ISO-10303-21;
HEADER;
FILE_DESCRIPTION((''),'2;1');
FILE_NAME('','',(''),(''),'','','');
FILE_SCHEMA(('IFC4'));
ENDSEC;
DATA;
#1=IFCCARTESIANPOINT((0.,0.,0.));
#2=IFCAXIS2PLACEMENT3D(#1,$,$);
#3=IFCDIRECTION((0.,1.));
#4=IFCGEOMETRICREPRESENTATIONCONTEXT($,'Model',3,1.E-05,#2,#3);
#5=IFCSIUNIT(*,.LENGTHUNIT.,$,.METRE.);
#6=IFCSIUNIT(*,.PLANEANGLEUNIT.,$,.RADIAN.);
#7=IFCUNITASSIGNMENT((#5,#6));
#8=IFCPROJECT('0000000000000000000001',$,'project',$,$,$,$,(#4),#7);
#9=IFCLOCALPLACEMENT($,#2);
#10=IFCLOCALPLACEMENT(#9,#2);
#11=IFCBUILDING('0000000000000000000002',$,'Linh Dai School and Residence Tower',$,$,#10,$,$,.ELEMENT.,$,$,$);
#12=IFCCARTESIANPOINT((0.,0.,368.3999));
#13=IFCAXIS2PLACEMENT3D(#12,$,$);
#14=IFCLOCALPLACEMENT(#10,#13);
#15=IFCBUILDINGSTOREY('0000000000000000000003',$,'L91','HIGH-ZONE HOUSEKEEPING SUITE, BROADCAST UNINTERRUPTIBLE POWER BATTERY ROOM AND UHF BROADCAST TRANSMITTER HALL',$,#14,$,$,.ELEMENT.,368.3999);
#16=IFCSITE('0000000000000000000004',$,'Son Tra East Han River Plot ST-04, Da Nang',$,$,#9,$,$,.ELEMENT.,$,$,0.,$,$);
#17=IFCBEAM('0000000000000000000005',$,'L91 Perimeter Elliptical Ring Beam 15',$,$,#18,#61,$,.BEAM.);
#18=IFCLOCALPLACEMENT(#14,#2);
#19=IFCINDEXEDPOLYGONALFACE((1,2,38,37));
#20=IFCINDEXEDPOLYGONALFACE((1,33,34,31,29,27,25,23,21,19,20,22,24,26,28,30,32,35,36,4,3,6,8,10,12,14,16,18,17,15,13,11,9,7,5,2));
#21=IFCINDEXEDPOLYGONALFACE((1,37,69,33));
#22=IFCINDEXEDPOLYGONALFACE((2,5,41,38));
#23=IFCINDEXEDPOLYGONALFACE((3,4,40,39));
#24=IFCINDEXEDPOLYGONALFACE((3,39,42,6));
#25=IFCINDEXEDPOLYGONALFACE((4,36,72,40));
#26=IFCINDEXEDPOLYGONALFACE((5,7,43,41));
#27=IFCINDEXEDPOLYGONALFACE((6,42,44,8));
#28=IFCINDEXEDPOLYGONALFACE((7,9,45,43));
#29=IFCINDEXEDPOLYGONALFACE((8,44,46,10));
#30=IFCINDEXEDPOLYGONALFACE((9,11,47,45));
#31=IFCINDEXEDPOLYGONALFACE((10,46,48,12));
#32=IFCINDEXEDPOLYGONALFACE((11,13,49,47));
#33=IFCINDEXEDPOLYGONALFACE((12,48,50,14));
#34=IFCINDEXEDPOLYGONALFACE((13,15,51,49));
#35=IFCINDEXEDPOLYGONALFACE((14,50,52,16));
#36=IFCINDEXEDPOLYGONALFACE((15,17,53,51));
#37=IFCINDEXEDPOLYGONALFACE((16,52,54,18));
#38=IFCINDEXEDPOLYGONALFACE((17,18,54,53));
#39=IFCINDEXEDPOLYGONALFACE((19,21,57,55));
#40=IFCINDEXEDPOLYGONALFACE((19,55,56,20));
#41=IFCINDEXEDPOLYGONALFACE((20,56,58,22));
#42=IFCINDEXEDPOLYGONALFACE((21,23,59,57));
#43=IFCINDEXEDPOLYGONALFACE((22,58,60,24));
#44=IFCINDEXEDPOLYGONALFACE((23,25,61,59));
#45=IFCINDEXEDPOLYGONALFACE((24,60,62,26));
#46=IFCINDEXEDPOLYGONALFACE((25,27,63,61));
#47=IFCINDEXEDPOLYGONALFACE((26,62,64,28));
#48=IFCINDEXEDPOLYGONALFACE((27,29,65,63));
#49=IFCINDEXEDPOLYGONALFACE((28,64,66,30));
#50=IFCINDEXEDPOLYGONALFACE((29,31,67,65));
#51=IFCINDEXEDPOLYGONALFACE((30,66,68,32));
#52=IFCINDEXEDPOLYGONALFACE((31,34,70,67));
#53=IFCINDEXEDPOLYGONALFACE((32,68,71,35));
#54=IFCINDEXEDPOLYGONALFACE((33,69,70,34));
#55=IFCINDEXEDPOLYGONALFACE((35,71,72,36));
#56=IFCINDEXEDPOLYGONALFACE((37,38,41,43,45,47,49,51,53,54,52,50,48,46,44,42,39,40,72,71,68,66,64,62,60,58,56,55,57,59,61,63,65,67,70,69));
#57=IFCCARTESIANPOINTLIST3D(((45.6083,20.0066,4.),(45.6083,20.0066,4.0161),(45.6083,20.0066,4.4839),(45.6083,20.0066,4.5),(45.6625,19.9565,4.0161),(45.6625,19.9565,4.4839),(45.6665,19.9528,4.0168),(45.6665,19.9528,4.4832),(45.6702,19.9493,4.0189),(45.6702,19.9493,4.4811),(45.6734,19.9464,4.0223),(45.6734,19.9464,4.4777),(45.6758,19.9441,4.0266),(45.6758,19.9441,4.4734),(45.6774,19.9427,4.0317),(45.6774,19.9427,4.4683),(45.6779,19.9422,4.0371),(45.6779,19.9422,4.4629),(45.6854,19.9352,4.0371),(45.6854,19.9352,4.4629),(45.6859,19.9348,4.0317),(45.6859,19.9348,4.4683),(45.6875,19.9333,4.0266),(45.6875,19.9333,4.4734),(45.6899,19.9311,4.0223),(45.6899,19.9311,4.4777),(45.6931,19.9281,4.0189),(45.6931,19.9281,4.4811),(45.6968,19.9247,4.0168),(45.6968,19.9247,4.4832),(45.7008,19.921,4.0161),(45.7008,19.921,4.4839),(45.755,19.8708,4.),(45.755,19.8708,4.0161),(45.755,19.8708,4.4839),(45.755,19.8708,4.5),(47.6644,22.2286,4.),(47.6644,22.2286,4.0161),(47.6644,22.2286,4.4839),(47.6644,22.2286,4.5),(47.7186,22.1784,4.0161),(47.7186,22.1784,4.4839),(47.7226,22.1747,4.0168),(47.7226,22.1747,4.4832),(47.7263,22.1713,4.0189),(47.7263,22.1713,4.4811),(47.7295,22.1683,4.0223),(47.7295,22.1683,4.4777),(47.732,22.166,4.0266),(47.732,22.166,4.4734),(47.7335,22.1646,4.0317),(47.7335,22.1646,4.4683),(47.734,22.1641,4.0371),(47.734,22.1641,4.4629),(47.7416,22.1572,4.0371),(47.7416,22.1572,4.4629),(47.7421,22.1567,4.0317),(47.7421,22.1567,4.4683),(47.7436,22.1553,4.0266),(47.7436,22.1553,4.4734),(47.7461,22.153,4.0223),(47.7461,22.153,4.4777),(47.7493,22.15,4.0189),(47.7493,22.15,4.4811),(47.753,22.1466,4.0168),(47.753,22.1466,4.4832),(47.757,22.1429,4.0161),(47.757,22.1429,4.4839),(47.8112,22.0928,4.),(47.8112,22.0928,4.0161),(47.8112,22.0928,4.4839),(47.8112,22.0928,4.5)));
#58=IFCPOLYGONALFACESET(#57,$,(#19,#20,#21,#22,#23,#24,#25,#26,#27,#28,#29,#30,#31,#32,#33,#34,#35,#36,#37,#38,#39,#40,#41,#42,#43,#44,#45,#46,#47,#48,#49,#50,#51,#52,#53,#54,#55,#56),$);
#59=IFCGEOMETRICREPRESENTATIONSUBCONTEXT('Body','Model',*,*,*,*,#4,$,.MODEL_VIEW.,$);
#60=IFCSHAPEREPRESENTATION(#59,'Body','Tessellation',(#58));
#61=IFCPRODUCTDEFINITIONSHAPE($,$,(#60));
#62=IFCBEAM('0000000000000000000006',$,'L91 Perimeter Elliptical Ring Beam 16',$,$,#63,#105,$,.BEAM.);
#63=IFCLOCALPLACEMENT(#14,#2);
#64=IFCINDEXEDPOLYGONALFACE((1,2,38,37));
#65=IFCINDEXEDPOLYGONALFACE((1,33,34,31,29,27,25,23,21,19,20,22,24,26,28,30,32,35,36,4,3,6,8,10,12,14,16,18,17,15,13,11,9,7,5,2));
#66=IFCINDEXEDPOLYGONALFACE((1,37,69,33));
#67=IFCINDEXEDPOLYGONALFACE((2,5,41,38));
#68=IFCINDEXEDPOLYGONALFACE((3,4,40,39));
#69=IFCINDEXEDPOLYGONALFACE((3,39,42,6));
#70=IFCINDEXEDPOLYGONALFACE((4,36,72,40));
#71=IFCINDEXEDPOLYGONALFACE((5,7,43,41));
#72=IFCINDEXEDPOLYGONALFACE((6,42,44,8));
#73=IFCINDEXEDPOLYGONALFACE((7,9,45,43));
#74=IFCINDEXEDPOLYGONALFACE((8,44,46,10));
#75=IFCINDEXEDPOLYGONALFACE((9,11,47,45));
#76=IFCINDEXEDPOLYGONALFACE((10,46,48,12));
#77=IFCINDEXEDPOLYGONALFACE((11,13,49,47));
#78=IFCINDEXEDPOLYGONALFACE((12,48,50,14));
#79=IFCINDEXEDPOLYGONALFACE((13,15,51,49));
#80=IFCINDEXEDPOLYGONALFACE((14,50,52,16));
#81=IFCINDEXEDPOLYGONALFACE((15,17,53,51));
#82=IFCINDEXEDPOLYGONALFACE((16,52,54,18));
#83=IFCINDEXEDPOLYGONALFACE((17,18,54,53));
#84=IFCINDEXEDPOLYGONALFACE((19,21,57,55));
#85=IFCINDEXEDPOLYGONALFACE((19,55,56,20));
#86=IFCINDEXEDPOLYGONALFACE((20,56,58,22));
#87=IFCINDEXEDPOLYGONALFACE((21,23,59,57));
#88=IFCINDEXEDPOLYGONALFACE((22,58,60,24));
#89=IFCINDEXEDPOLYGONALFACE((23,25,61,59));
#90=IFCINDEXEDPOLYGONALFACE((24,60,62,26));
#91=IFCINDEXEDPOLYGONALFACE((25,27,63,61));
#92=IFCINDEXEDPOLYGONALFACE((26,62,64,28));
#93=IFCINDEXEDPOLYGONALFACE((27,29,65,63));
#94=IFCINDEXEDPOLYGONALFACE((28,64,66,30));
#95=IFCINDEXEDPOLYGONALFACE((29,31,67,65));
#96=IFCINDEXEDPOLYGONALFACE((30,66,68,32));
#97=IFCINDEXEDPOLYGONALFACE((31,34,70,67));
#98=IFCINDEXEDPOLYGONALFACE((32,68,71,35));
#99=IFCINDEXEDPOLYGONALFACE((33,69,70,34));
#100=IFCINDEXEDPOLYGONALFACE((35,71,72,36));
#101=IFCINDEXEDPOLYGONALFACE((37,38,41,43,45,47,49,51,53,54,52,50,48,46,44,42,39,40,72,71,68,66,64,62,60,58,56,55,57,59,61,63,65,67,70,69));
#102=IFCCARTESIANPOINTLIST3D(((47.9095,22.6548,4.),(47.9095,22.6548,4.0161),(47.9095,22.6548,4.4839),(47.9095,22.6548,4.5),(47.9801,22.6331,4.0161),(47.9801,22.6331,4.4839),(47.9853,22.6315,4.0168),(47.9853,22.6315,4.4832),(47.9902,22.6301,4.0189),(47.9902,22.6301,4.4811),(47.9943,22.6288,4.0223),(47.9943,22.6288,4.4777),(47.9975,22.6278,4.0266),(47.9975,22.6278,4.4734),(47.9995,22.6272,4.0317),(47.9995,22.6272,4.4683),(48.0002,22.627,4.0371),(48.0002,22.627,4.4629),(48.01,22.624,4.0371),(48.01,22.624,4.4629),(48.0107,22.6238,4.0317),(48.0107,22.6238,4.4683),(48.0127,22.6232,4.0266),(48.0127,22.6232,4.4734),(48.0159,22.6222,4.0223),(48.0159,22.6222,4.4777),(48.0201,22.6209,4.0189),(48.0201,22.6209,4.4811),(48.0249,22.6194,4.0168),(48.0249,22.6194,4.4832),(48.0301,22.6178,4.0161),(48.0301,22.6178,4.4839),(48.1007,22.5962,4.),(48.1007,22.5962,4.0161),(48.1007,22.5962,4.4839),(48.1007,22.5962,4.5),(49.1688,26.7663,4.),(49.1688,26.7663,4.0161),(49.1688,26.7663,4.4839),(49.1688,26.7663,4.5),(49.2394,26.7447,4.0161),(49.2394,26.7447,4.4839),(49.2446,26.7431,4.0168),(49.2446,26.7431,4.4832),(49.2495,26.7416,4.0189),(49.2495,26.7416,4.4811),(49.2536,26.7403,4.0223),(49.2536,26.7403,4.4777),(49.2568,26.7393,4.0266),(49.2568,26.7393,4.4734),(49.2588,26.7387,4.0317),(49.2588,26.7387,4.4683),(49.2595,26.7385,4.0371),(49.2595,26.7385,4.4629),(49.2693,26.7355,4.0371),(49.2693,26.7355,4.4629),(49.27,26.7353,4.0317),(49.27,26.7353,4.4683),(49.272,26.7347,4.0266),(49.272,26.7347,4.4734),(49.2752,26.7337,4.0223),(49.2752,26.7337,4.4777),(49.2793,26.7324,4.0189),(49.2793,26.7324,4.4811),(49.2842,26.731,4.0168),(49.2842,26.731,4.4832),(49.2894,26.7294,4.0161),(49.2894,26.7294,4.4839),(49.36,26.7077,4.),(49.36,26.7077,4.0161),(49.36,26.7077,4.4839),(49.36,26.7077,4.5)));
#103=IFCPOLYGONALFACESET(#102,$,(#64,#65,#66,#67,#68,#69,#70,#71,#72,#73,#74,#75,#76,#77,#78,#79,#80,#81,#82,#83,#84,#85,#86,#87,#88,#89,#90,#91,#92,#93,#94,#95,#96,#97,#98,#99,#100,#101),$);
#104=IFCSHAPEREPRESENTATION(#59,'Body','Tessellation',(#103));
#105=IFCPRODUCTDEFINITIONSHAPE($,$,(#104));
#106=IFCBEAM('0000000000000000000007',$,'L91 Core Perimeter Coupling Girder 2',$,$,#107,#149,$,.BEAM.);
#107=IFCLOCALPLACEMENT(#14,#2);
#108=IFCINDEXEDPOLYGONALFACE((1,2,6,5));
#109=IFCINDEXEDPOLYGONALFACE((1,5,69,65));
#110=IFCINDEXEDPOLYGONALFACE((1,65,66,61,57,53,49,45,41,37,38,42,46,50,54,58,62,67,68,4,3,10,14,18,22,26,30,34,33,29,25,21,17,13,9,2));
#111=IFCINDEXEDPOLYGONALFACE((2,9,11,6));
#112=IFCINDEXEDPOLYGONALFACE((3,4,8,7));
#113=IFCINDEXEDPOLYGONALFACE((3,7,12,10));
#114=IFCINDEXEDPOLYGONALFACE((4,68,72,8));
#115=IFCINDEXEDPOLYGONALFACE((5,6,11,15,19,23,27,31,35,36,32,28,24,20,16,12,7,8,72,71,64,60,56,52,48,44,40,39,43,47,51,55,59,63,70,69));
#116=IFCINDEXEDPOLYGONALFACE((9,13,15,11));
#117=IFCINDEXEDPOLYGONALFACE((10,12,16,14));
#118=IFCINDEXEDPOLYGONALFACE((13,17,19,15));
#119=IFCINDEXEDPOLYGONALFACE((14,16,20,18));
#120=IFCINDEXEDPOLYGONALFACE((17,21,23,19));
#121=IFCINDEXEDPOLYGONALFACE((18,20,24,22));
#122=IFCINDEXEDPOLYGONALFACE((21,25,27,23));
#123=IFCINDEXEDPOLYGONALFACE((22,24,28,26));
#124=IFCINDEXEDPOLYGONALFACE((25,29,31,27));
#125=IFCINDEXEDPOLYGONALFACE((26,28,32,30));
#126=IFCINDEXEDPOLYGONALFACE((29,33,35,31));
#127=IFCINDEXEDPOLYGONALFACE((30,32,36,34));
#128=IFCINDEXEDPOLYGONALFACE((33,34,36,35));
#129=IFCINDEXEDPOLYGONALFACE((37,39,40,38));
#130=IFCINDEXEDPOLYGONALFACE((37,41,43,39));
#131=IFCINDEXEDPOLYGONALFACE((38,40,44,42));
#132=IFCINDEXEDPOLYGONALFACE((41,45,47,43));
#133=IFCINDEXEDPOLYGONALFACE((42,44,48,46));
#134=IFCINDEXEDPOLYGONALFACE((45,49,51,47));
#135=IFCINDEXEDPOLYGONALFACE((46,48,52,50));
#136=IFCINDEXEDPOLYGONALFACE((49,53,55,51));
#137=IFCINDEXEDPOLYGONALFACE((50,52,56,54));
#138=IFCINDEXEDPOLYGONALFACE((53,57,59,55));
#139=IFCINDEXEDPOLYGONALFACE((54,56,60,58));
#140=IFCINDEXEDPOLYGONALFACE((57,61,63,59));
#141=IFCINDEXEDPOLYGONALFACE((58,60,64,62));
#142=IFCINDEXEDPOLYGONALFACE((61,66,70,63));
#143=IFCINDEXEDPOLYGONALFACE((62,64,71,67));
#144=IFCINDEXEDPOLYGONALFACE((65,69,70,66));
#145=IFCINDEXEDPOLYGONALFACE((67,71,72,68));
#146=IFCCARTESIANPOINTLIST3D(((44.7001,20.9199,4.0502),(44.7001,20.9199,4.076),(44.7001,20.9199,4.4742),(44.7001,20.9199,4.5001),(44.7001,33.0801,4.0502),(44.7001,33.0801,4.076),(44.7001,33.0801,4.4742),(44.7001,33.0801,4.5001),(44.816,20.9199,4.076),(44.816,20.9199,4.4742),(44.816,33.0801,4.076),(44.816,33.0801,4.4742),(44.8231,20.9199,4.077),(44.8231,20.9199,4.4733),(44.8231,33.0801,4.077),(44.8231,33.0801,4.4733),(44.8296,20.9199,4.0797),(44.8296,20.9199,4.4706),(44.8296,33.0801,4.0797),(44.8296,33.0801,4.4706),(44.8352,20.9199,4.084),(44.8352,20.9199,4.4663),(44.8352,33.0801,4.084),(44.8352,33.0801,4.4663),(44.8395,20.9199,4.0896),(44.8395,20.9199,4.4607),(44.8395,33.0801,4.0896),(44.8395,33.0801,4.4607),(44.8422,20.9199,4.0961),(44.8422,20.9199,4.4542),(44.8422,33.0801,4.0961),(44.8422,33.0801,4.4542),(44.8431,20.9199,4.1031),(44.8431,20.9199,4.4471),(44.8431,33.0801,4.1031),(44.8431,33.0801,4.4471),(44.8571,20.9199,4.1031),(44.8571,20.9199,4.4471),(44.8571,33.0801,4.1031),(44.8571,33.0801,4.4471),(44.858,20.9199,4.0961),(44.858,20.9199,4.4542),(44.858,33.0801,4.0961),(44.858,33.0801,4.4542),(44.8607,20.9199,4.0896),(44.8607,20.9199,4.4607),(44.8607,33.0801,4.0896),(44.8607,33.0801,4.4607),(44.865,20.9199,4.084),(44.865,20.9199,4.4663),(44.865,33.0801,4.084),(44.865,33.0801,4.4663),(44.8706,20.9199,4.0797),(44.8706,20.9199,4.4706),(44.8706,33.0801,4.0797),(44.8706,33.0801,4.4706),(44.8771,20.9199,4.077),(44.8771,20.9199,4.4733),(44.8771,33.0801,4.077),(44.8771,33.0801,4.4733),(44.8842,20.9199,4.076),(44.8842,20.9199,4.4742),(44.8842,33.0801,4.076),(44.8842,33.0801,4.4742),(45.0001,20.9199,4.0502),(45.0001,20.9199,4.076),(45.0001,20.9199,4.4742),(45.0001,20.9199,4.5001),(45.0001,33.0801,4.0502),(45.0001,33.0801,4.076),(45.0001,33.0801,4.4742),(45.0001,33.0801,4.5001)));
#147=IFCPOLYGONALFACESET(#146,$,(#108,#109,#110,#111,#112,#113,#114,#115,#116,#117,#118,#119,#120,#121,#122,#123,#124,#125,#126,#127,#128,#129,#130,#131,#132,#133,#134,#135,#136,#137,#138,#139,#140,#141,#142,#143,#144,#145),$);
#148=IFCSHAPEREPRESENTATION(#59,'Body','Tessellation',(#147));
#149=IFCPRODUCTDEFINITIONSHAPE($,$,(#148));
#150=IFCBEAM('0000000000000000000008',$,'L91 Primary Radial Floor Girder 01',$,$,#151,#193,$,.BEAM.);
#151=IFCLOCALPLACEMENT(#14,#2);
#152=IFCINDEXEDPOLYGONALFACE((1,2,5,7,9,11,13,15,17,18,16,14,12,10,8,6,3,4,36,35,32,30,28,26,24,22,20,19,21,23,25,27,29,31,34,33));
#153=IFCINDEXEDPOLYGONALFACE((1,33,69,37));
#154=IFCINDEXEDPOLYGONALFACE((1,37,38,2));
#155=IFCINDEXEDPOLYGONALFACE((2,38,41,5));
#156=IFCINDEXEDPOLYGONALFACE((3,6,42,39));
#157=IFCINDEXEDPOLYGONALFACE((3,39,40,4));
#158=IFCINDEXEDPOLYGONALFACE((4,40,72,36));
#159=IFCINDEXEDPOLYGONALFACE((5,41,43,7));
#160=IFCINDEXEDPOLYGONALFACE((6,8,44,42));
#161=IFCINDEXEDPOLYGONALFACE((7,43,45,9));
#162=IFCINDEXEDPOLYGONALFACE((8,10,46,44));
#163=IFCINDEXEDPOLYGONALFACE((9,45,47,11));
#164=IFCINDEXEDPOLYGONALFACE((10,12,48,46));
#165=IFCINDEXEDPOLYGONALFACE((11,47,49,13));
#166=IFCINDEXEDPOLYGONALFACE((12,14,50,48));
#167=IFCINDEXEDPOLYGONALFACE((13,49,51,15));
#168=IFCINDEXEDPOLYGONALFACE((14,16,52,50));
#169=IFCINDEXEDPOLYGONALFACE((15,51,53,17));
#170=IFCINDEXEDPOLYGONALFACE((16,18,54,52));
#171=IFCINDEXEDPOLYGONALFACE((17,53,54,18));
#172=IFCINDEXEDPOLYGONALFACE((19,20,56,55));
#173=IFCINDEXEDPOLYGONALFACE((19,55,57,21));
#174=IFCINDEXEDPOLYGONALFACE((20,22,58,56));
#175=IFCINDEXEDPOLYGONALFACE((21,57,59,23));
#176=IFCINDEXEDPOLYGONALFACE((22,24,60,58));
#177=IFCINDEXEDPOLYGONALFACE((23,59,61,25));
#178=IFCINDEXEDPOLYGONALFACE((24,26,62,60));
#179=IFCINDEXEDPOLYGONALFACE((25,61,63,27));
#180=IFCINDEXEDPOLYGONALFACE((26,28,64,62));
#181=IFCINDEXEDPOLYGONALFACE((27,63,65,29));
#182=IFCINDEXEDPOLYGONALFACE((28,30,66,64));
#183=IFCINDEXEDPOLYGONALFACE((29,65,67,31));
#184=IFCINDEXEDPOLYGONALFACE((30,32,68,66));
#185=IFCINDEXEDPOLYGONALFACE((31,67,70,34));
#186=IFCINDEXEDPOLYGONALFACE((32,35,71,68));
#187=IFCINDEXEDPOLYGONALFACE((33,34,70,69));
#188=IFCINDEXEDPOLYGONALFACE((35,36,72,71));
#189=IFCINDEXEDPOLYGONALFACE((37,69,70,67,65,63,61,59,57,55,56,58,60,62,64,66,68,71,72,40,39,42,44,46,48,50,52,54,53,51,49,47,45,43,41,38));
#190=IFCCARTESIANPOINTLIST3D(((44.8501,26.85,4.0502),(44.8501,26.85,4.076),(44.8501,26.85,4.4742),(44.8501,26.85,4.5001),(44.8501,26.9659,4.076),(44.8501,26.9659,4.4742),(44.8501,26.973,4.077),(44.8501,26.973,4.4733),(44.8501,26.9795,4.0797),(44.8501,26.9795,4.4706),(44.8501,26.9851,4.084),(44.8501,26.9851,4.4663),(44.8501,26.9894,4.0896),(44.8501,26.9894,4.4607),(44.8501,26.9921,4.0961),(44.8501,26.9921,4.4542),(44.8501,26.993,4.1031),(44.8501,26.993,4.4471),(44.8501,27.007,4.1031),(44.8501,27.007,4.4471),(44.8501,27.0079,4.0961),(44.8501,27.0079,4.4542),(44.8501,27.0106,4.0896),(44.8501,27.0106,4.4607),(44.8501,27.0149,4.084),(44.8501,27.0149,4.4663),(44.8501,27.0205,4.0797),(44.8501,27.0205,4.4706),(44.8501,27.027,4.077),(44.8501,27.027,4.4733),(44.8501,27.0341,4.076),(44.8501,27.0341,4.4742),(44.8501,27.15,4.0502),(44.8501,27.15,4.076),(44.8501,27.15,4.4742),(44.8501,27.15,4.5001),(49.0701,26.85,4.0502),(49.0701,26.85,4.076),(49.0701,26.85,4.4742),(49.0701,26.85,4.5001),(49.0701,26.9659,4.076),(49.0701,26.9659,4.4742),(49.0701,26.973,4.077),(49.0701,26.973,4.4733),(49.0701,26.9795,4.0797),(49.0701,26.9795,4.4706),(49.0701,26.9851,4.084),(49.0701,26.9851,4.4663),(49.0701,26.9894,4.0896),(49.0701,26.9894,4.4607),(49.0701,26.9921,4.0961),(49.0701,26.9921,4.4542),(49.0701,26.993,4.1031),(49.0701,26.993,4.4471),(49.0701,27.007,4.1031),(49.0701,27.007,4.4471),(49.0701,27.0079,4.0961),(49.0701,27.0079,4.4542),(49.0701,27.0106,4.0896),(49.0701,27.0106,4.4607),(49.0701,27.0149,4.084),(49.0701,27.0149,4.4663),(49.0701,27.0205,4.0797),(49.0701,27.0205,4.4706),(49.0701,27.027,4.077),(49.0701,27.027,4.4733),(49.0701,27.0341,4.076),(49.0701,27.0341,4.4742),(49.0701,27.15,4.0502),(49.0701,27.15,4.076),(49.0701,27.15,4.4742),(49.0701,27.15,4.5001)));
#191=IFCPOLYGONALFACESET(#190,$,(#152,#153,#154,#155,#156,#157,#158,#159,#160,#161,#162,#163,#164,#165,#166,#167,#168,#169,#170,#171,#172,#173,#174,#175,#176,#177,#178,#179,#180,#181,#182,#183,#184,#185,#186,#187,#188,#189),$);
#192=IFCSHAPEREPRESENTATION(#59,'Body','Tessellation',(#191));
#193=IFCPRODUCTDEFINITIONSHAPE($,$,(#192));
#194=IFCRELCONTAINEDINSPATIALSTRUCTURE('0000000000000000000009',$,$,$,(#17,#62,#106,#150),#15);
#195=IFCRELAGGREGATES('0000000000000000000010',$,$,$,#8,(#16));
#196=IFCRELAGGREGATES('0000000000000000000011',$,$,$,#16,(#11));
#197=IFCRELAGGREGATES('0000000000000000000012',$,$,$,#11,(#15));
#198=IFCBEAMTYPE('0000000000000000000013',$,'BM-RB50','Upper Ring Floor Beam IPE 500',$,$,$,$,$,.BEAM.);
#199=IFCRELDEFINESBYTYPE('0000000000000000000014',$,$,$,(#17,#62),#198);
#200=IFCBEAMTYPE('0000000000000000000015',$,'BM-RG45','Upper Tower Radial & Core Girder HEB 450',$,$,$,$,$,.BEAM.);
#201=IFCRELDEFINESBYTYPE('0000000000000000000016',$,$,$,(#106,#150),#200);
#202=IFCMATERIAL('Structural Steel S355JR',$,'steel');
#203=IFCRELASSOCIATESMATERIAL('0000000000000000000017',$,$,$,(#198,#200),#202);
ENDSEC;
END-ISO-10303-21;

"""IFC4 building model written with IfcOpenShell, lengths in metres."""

from ifc_helpers import new_model, si_unit, direction, frame, origin, origin_2d, place, context, subcontext, project, spatial, i_section, extrude, material, material_profile, profile_set, type_object, element, save


model = new_model("IFC4")

# Units and contexts
model_context = context("Model", 3, precision=1e-05, world=origin(), true_north=direction((0.0, 1.0)))
body_context = subcontext(model_context, "Body", "Model", "MODEL_VIEW")
ifc_project = project(units=[si_unit("LENGTHUNIT", "METRE"), si_unit("PLANEANGLEUNIT", "RADIAN")], contexts=[model_context])

# Site, building, storey
site_placement = place(None, origin())
site = spatial("IfcSite", under=ifc_project, at=site_placement, Name="Son Tra East Han River Plot ST-04, Da Nang", CompositionType="ELEMENT", RefElevation=0.0)
building_placement = place(site_placement, origin())
building = spatial("IfcBuilding", under=site, at=building_placement, Name="Linh Dai School and Residence Tower", CompositionType="ELEMENT")
storey_placement = place(building_placement, frame((0.0, 0.0, 368.3999)))
storey = spatial("IfcBuildingStorey", under=building, at=storey_placement, Name="L91", Description="HIGH-ZONE HOUSEKEEPING SUITE, BROADCAST UNINTERRUPTIBLE POWER BATTERY ROOM AND UHF BROADCAST TRANSMITTER HALL", CompositionType="ELEMENT", Elevation=368.3999)

# Shared definitions
ifc_material_1 = material(Name="Structural Steel S355JR", Category="steel")

# Beams
ifc_material_profile_1 = material_profile(ifc_material_1, i_section(OverallWidth=0.2, OverallDepth=0.5, WebThickness=0.0103, FlangeThickness=0.0161, FilletRadius=0.021, at=origin_2d()), Name="IPE 500")
ifc_profile_set_1 = profile_set([ifc_material_profile_1], Name="Structural Steel S355JR")
beam_type_1 = type_object("IfcBeamType", Name="BM-RB50", Description="Upper Ring Floor Beam IPE 500", PredefinedType="BEAM", material=ifc_profile_set_1)
beam_1_placement = place(storey_placement, frame((45.6816, 19.9387, 4.25), z_axis=(0.679197, 0.733956, 0.0), x_axis=(-0.733956, 0.679197, 0.0)))
element("IfcBeam", 1, at=beam_1_placement, inside=storey, type_object=beam_type_1, Name="L91 Perimeter Elliptical Ring Beam 15", PredefinedType="BEAM", context=body_context, shape_type="SweptSolid", body=[
    extrude(i_section(OverallWidth=0.2, OverallDepth=0.5, WebThickness=0.0103, FlangeThickness=0.0161, FilletRadius=0.021, at=origin_2d()), origin(), (0.0, 0.0, 1.0), 3.0273),
])
beam_2_placement = place(storey_placement, frame((48.0051, 22.6255, 4.25), z_axis=(0.292849, 0.956159, 0.0), x_axis=(-0.956159, 0.292849, 0.0)))
element("IfcBeam", 2, at=beam_2_placement, inside=storey, type_object=beam_type_1, Name="L91 Perimeter Elliptical Ring Beam 16", PredefinedType="BEAM", context=body_context, shape_type="SweptSolid", body=[
    extrude(i_section(OverallWidth=0.2, OverallDepth=0.5, WebThickness=0.0103, FlangeThickness=0.0161, FilletRadius=0.021, at=origin_2d()), origin(), (0.0, 0.0, 1.0), 4.3),
])
ifc_material_profile_2 = material_profile(ifc_material_1, i_section(OverallWidth=0.3, OverallDepth=0.45, WebThickness=0.0139, FlangeThickness=0.0259, FilletRadius=0.0271, at=origin_2d()), Name="HEB 450")
ifc_profile_set_2 = profile_set([ifc_material_profile_2], Name="Structural Steel S355JR")
beam_type_2 = type_object("IfcBeamType", Name="BM-RG45", Description="Upper Tower Radial & Core Girder HEB 450", PredefinedType="BEAM", material=ifc_profile_set_2)
beam_3_placement = place(storey_placement, frame((44.8501, 20.9199, 4.2751), z_axis=(0.0, 1.0, 0.0), x_axis=(-1.0, 0.0, 0.0)))
element("IfcBeam", 3, at=beam_3_placement, inside=storey, type_object=beam_type_2, Name="L91 Core Perimeter Coupling Girder 2", PredefinedType="BEAM", context=body_context, shape_type="SweptSolid", body=[
    extrude(i_section(OverallWidth=0.3, OverallDepth=0.45, WebThickness=0.0139, FlangeThickness=0.0259, FilletRadius=0.0271, at=origin_2d()), origin(), (0.0, 0.0, 1.0), 12.1602),
])
beam_4_placement = place(storey_placement, frame((44.8501, 27.0, 4.2751), z_axis=(1.0, 0.0, 0.0), x_axis=(0.0, 1.0, 0.0)))
element("IfcBeam", 4, at=beam_4_placement, inside=storey, type_object=beam_type_2, Name="L91 Primary Radial Floor Girder 01", PredefinedType="BEAM", context=body_context, shape_type="SweptSolid", body=[
    extrude(i_section(OverallWidth=0.3, OverallDepth=0.45, WebThickness=0.0139, FlangeThickness=0.0259, FilletRadius=0.0271, at=origin_2d()), origin(), (0.0, 0.0, 1.0), 4.22),
])

save(model, "model.ifc")
